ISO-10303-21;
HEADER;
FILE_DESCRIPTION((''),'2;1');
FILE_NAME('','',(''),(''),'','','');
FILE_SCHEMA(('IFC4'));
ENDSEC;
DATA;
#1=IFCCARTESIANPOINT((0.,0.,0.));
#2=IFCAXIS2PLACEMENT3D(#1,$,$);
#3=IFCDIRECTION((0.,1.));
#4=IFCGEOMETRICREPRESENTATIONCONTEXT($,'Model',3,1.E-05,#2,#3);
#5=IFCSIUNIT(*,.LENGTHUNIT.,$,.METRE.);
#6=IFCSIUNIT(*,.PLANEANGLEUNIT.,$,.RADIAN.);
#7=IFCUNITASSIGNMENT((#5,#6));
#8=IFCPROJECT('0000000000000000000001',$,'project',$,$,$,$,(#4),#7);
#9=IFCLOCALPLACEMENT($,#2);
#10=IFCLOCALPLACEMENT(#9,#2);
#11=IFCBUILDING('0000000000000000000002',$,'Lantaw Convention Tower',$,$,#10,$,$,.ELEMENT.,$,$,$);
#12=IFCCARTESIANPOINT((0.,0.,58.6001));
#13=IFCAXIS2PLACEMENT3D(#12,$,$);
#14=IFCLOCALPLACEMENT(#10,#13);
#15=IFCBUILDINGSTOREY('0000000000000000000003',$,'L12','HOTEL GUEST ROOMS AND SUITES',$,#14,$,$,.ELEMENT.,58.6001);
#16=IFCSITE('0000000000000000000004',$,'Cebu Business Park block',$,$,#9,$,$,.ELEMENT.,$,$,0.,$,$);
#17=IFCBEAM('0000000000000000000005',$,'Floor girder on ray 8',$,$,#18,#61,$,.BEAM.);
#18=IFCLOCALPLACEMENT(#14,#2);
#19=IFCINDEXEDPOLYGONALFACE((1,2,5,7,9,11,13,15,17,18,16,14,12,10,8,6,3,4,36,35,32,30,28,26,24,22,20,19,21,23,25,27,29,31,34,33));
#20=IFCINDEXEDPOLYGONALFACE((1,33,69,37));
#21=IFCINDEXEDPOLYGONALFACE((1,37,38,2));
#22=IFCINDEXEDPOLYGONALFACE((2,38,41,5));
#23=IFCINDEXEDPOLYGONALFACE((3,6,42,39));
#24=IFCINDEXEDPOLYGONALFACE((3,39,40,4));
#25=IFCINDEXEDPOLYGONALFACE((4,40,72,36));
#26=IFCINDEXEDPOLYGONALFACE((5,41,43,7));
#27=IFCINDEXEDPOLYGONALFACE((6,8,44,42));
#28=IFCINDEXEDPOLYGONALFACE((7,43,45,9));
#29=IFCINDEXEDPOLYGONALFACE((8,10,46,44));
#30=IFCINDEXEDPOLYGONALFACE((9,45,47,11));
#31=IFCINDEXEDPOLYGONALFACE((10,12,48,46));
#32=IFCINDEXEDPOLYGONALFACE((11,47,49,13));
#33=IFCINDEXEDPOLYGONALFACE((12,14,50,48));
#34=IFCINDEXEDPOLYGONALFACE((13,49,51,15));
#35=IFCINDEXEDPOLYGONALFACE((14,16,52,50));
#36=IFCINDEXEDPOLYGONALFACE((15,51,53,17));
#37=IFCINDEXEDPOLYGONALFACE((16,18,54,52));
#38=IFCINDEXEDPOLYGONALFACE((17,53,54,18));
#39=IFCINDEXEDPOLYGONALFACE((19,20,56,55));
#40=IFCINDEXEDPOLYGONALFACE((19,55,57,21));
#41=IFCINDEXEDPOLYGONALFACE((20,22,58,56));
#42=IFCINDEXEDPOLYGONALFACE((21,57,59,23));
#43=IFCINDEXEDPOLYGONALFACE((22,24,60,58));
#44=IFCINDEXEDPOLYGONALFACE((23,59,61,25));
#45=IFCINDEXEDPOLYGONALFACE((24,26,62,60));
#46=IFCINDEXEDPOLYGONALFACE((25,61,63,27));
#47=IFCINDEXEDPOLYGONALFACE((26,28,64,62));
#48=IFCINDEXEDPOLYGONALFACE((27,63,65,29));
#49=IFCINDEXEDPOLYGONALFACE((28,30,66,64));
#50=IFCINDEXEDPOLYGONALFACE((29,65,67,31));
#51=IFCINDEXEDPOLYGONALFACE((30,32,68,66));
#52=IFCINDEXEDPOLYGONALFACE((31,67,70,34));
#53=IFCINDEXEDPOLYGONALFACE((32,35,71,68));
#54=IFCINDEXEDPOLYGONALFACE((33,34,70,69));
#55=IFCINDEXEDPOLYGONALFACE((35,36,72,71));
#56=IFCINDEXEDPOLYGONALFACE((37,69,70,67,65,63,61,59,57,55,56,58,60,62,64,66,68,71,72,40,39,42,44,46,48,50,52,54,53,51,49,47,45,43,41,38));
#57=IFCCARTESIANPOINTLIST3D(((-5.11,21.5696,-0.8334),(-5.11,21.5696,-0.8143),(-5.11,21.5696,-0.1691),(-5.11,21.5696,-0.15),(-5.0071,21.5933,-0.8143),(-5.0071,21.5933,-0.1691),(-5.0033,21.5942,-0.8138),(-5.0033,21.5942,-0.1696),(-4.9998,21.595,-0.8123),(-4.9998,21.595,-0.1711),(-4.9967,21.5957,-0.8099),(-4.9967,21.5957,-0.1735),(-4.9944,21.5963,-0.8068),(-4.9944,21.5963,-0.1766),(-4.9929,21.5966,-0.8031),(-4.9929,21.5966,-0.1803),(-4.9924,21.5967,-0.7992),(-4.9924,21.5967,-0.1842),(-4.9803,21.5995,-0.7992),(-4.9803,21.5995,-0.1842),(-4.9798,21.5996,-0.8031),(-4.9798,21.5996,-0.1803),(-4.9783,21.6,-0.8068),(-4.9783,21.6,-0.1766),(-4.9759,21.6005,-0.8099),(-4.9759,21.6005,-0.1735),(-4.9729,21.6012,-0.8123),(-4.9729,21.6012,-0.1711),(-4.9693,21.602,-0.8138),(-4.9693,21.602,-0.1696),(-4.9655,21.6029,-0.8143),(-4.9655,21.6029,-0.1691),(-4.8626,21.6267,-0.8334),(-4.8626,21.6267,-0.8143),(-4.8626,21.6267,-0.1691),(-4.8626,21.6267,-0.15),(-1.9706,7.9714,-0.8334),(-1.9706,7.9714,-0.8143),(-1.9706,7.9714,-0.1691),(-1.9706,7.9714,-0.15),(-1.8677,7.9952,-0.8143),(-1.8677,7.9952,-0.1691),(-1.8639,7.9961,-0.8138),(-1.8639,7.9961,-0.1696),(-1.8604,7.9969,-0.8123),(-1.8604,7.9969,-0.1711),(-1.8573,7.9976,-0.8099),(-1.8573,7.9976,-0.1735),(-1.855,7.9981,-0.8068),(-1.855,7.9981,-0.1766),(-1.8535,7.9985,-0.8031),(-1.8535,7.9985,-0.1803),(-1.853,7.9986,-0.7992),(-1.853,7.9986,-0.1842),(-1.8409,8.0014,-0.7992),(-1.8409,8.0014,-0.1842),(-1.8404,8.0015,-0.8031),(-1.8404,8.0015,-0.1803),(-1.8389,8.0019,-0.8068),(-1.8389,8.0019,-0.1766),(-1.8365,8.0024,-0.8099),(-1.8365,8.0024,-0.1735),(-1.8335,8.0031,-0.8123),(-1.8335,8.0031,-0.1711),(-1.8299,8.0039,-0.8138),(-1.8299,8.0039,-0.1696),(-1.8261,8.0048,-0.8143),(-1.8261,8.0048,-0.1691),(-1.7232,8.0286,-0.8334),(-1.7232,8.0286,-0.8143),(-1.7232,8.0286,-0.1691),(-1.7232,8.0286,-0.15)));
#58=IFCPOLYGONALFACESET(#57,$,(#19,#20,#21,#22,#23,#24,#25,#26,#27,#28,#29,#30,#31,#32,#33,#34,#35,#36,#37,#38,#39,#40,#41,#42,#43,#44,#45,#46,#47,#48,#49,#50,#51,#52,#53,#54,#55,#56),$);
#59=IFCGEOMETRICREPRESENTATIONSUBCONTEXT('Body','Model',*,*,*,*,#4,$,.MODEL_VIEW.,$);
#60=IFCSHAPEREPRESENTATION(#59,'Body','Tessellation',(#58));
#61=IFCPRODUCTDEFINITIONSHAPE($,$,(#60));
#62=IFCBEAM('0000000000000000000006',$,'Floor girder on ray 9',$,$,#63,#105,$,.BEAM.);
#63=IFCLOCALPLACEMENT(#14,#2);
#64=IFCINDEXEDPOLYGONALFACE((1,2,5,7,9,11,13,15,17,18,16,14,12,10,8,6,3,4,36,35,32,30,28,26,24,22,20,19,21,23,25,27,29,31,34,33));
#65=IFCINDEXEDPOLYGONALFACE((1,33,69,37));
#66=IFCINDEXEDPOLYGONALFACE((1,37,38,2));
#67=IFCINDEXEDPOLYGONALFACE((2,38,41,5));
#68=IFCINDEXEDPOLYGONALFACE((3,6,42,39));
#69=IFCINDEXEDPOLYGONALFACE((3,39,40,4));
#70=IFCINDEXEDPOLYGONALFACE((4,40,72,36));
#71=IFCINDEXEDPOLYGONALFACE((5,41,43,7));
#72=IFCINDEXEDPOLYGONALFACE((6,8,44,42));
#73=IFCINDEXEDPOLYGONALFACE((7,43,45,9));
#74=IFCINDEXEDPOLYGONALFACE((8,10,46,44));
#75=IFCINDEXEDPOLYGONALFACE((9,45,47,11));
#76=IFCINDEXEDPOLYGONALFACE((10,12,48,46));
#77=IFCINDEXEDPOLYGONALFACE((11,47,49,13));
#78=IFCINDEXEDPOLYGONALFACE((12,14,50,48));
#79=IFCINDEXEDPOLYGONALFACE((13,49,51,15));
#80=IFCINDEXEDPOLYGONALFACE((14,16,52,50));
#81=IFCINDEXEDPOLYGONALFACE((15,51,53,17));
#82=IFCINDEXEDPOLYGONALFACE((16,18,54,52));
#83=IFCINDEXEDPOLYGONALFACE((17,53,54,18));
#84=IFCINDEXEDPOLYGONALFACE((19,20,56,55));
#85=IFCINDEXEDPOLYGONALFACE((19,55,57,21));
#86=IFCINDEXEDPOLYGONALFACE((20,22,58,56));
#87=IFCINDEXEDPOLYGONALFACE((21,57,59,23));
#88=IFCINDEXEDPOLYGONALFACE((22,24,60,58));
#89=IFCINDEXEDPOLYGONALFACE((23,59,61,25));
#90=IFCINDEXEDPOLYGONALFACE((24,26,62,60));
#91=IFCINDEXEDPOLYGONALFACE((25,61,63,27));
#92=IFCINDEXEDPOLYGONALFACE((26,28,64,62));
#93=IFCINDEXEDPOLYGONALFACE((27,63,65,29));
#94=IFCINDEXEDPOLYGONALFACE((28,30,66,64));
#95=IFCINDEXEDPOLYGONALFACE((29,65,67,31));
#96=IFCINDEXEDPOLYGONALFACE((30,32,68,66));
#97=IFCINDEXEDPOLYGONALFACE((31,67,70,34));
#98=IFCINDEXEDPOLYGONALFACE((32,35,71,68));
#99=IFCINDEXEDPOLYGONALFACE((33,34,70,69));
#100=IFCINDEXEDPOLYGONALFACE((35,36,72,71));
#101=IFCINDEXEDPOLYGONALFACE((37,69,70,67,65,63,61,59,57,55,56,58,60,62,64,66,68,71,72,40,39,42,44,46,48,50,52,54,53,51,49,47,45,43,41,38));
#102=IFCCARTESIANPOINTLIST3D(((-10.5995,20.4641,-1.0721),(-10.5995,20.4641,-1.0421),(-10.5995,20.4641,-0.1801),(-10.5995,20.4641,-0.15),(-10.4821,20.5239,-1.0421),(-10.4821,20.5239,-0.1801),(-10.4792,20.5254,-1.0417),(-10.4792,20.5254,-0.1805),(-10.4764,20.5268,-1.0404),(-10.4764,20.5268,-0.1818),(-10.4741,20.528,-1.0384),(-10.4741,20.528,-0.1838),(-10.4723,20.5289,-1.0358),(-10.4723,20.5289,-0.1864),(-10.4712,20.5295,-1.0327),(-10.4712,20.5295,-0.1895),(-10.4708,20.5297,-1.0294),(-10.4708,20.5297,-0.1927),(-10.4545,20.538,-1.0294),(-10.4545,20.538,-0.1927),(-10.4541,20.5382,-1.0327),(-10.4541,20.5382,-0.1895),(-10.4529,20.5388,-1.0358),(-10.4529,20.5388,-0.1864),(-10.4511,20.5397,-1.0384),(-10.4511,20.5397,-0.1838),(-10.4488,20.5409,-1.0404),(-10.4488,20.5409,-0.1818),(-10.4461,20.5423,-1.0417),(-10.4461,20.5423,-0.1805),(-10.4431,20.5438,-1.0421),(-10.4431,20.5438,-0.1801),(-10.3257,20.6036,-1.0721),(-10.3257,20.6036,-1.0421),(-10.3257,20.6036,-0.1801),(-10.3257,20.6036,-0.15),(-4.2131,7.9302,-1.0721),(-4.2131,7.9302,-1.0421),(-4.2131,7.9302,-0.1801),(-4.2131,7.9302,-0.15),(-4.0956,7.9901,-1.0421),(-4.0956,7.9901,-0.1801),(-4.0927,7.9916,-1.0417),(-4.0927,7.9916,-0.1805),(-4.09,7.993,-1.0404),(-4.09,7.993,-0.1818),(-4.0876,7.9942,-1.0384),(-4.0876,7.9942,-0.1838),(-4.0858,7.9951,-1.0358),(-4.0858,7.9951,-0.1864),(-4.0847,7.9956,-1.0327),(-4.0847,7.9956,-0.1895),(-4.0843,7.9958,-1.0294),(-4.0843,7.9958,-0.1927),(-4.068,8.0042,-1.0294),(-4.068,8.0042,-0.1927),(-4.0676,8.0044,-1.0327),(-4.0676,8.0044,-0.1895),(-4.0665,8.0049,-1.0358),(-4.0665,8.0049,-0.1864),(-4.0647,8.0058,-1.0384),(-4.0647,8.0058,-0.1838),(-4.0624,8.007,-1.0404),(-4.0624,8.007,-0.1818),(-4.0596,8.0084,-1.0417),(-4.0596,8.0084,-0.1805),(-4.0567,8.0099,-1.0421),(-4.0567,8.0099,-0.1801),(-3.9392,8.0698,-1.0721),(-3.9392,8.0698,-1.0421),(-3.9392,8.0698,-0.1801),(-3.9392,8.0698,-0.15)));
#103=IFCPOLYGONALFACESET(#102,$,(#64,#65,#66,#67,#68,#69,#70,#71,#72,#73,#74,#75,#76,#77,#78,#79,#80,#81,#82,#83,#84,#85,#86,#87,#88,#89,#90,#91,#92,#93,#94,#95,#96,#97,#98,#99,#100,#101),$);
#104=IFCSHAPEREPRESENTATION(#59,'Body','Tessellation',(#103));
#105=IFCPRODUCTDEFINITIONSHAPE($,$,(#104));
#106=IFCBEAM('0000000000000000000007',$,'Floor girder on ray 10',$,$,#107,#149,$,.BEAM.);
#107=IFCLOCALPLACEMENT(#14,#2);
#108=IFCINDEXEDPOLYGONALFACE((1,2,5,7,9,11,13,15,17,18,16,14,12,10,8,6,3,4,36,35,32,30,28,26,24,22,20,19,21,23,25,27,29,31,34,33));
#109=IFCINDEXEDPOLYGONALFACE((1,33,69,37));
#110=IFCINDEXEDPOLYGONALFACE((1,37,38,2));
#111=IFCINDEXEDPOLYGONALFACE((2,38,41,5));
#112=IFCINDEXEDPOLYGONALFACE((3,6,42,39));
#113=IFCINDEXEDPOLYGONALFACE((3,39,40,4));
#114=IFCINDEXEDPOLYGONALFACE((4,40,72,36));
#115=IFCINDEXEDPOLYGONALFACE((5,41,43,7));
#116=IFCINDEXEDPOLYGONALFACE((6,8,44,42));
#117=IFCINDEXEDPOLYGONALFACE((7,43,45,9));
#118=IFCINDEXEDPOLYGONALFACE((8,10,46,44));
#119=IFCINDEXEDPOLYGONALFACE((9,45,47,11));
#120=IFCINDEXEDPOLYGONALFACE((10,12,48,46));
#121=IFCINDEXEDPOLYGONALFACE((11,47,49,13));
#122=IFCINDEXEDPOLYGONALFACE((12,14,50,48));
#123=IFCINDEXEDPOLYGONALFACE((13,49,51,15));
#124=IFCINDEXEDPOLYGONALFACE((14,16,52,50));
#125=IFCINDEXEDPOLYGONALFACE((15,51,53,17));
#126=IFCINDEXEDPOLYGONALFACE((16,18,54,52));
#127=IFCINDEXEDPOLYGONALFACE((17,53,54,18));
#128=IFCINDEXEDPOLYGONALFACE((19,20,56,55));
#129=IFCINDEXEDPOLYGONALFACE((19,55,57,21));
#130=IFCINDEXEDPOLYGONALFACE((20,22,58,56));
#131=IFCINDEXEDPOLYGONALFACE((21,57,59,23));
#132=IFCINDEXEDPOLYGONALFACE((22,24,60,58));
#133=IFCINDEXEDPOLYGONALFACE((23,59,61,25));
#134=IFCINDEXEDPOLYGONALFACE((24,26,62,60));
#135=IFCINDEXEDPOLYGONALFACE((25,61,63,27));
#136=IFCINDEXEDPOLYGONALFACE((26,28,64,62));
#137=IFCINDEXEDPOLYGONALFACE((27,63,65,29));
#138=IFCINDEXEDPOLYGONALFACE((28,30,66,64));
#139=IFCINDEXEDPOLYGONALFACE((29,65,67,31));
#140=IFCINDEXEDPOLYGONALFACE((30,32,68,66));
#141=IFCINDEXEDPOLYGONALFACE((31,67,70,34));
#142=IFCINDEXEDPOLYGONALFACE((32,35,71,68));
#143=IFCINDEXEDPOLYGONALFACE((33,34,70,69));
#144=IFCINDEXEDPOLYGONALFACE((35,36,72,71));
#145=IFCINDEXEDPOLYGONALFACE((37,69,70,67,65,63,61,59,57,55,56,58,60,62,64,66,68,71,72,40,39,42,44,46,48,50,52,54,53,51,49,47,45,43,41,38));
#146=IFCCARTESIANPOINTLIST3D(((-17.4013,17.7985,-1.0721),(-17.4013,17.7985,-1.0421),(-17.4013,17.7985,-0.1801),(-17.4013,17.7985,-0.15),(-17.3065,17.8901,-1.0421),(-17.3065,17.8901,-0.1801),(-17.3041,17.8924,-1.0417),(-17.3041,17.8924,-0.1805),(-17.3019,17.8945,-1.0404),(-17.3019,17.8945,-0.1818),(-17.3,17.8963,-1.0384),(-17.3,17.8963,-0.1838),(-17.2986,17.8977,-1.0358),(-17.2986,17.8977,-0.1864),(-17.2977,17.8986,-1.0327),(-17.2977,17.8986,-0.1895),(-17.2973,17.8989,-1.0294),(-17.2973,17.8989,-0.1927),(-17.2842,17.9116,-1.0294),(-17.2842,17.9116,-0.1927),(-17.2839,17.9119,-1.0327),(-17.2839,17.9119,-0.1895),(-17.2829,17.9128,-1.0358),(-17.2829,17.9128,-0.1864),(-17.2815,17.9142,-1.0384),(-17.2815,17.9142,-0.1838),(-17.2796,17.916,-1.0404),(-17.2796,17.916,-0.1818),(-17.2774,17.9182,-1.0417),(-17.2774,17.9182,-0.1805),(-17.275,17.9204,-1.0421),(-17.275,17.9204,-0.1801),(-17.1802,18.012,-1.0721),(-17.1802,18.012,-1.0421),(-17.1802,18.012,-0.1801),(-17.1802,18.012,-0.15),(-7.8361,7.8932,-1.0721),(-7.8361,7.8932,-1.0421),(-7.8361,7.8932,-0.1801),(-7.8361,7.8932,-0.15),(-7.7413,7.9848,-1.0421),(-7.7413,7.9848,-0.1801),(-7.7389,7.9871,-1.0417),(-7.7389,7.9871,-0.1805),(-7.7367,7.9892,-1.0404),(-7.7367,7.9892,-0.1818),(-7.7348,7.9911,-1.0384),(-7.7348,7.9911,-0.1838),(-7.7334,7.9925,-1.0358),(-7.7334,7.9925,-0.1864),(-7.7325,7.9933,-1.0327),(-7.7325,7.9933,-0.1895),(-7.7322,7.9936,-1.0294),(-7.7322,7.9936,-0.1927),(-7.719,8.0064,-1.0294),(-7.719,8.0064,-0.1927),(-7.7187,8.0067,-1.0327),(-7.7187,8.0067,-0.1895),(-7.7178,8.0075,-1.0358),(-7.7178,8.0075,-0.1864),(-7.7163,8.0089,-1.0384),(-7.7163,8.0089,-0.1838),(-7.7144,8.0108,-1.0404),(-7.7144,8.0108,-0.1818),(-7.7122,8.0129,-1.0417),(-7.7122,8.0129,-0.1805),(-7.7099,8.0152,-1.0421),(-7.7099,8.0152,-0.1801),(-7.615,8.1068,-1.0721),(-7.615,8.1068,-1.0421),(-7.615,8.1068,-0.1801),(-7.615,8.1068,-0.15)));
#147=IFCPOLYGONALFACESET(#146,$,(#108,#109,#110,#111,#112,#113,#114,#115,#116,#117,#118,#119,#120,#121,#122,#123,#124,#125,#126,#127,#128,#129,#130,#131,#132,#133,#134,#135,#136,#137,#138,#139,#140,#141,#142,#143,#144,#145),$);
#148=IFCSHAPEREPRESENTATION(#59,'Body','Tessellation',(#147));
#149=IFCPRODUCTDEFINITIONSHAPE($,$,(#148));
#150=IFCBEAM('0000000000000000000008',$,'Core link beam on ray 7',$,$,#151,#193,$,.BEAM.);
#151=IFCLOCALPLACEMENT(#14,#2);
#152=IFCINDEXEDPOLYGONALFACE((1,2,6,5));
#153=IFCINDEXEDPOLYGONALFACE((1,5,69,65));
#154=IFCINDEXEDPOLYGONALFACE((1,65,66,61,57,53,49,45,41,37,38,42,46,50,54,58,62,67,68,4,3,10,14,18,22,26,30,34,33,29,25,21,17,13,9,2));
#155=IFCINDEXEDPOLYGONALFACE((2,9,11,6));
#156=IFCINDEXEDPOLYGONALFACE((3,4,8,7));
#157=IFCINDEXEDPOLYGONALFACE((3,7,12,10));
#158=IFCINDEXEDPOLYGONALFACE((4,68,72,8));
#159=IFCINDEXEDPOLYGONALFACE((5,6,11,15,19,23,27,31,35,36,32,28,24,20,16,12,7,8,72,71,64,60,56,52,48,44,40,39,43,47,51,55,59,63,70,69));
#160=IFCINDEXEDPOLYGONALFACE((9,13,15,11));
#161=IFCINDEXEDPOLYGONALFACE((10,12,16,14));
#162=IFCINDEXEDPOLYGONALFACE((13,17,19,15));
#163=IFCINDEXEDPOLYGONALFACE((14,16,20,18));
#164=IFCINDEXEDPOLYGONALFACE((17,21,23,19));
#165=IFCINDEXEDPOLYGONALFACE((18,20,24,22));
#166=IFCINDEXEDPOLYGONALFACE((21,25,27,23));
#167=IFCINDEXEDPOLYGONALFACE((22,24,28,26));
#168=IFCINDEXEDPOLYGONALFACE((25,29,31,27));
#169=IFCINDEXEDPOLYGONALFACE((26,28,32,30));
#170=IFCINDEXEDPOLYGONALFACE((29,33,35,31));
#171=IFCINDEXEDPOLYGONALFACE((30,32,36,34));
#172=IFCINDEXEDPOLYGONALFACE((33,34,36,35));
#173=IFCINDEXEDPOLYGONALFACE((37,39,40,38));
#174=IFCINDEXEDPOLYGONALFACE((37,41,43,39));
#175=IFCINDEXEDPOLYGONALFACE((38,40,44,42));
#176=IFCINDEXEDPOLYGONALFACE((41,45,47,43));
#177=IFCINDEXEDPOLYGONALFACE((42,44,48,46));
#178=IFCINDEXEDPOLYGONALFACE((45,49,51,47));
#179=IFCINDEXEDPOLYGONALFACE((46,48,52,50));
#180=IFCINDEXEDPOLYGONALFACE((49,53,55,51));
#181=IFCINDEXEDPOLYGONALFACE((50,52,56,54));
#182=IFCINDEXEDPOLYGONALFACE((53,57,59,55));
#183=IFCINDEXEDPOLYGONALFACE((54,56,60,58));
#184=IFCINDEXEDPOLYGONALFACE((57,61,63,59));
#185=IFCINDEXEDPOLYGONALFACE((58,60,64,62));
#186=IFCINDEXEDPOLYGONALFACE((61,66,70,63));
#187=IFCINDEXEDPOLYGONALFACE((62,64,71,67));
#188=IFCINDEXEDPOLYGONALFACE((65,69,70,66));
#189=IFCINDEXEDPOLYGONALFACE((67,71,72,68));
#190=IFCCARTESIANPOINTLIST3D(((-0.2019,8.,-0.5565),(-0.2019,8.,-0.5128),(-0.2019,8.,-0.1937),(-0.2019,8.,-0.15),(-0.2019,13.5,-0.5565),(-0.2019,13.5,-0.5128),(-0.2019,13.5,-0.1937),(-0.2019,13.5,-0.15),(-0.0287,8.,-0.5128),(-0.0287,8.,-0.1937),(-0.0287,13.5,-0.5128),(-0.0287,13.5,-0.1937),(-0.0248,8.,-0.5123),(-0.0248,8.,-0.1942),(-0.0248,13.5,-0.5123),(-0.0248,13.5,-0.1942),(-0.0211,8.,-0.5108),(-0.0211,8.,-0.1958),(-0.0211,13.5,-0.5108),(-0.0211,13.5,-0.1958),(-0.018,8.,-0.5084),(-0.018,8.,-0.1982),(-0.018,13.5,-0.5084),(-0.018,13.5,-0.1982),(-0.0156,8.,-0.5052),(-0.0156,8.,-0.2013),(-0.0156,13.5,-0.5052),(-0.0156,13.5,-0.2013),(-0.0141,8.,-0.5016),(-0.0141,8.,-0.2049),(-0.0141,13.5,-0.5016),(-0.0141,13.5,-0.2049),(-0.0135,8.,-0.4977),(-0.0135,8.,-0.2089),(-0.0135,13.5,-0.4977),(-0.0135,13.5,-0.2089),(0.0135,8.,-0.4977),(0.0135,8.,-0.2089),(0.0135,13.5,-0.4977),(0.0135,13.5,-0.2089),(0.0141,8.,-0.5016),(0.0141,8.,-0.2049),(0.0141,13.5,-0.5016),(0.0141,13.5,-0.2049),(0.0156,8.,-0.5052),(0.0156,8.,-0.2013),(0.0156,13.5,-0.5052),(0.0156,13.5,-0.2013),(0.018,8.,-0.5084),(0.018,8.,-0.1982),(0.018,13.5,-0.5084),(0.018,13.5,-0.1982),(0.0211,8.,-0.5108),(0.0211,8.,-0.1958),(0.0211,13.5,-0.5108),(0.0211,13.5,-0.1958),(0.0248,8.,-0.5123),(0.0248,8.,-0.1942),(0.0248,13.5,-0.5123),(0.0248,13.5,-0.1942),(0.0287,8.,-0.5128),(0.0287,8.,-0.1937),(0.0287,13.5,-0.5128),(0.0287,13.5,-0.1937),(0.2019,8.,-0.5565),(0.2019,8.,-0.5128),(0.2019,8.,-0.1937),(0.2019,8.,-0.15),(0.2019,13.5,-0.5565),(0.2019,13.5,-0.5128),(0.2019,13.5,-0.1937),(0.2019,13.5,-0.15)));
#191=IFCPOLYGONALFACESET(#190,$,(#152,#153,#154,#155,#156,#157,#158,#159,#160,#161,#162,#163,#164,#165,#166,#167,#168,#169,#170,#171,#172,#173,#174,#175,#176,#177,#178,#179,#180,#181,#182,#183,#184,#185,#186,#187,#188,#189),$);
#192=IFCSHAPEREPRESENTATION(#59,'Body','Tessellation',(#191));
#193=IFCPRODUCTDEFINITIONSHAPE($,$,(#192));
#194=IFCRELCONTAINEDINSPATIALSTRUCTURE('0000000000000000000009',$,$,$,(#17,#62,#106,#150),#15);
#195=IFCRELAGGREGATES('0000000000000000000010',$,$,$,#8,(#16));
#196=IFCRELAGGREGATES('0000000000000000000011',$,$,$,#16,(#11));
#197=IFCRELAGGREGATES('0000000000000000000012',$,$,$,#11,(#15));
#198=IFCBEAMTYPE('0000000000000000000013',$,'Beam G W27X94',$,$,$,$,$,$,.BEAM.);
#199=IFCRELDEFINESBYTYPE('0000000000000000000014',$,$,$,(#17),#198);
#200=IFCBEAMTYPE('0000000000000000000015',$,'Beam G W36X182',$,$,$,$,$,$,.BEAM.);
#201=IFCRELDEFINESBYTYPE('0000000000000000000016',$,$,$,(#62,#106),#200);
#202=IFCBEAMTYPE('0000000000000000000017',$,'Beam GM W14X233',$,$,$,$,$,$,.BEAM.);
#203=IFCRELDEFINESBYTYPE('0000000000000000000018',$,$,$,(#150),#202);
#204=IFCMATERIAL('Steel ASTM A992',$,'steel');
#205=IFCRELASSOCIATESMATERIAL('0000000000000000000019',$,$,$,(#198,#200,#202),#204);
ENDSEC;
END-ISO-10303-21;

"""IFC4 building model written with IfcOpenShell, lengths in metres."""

from ifc_helpers import new_model, si_unit, direction, frame, origin, origin_2d, place, context, subcontext, project, spatial, i_section, extrude, material, material_profile, profile_set, type_object, element, save


model = new_model("IFC4")

# Units and contexts
model_context = context("Model", 3, precision=1e-05, world=origin(), true_north=direction((0.0, 1.0)))
body_context = subcontext(model_context, "Body", "Model", "MODEL_VIEW")
ifc_project = project(units=[si_unit("LENGTHUNIT", "METRE"), si_unit("PLANEANGLEUNIT", "RADIAN")], contexts=[model_context])

# Site, building, storey
site_placement = place(None, origin())
site = spatial("IfcSite", under=ifc_project, at=site_placement, Name="Cebu Business Park block", CompositionType="ELEMENT", RefElevation=0.0)
building_placement = place(site_placement, origin())
building = spatial("IfcBuilding", under=site, at=building_placement, Name="Lantaw Convention Tower", CompositionType="ELEMENT")
storey_placement = place(building_placement, frame((0.0, 0.0, 58.6001)))
storey = spatial("IfcBuildingStorey", under=building, at=storey_placement, Name="L12", Description="HOTEL GUEST ROOMS AND SUITES", CompositionType="ELEMENT", Elevation=58.6001)

# Beams
ifc_material_1 = material(Name="Steel ASTM A992", Category="steel")
ifc_material_profile_1 = material_profile(ifc_material_1, i_section(OverallWidth=0.2539, OverallDepth=0.6833, WebThickness=0.0125, FlangeThickness=0.019, FilletRadius=0.0151, at=origin_2d()), Name="W27X94")
ifc_profile_set_1 = profile_set([ifc_material_profile_1], Name="Steel ASTM A992")
beam_type_1 = type_object("IfcBeamType", Name="Beam G W27X94", PredefinedType="BEAM", material=ifc_profile_set_1)
beam_1_placement = place(storey_placement, frame((-1.8469, 8.0, -0.4917), z_axis=(-0.224953, 0.97437, 0.0), x_axis=(-0.97437, -0.224953, 0.0)))
element("IfcBeam", 1, at=beam_1_placement, inside=storey, type_object=beam_type_1, Name="Floor girder on ray 8", PredefinedType="BEAM", context=body_context, shape_type="SweptSolid", body=[
    extrude(i_section(OverallWidth=0.2539, OverallDepth=0.6833, WebThickness=0.0125, FlangeThickness=0.019, FilletRadius=0.0151, at=origin_2d()), origin(), (0.0, 0.0, 1.0), 13.9558),
])
ifc_material_profile_2 = material_profile(ifc_material_1, i_section(OverallWidth=0.3074, OverallDepth=0.9221, WebThickness=0.0183, FlangeThickness=0.03, FilletRadius=0.0127, at=origin_2d()), Name="W36X182")
ifc_profile_set_2 = profile_set([ifc_material_profile_2], Name="Steel ASTM A992")
beam_type_2 = type_object("IfcBeamType", Name="Beam G W36X182", PredefinedType="BEAM", material=ifc_profile_set_2)
beam_2_placement = place(storey_placement, frame((-4.0762, 8.0, -0.6111), z_axis=(-0.453997, 0.891003, 0.0), x_axis=(-0.891003, -0.453997, 0.0)))
element("IfcBeam", 2, at=beam_2_placement, inside=storey, type_object=beam_type_2, Name="Floor girder on ray 9", PredefinedType="BEAM", context=body_context, shape_type="SweptSolid", body=[
    extrude(i_section(OverallWidth=0.3074, OverallDepth=0.9221, WebThickness=0.0183, FlangeThickness=0.03, FilletRadius=0.0127, at=origin_2d()), origin(), (0.0, 0.0, 1.0), 14.0671),
])
beam_3_placement = place(storey_placement, frame((-7.7256, 8.0, -0.6111), z_axis=(-0.69465, 0.719348, 0.0), x_axis=(-0.719348, -0.69465, 0.0)))
element("IfcBeam", 3, at=beam_3_placement, inside=storey, type_object=beam_type_2, Name="Floor girder on ray 10", PredefinedType="BEAM", context=body_context, shape_type="SweptSolid", body=[
    extrude(i_section(OverallWidth=0.3074, OverallDepth=0.9221, WebThickness=0.0183, FlangeThickness=0.03, FilletRadius=0.0127, at=origin_2d()), origin(), (0.0, 0.0, 1.0), 13.7698),
])
ifc_material_profile_3 = material_profile(ifc_material_1, i_section(OverallWidth=0.4038, OverallDepth=0.4065, WebThickness=0.0271, FlangeThickness=0.0437, FilletRadius=0.0151, at=origin_2d()), Name="W14X233")
ifc_profile_set_3 = profile_set([ifc_material_profile_3], Name="Steel ASTM A992")
beam_type_3 = type_object("IfcBeamType", Name="Beam GM W14X233", PredefinedType="BEAM", material=ifc_profile_set_3)
beam_4_placement = place(storey_placement, frame((0.0, 8.0, -0.3533), z_axis=(0.0, 1.0, 0.0), x_axis=(-1.0, 0.0, 0.0)))
element("IfcBeam", 4, at=beam_4_placement, inside=storey, type_object=beam_type_3, Name="Core link beam on ray 7", PredefinedType="BEAM", context=body_context, shape_type="SweptSolid", body=[
    extrude(i_section(OverallWidth=0.4038, OverallDepth=0.4065, WebThickness=0.0271, FlangeThickness=0.0437, FilletRadius=0.0151, at=origin_2d()), origin(), (0.0, 0.0, 1.0), 5.5),
])

save(model, "model.ifc")
